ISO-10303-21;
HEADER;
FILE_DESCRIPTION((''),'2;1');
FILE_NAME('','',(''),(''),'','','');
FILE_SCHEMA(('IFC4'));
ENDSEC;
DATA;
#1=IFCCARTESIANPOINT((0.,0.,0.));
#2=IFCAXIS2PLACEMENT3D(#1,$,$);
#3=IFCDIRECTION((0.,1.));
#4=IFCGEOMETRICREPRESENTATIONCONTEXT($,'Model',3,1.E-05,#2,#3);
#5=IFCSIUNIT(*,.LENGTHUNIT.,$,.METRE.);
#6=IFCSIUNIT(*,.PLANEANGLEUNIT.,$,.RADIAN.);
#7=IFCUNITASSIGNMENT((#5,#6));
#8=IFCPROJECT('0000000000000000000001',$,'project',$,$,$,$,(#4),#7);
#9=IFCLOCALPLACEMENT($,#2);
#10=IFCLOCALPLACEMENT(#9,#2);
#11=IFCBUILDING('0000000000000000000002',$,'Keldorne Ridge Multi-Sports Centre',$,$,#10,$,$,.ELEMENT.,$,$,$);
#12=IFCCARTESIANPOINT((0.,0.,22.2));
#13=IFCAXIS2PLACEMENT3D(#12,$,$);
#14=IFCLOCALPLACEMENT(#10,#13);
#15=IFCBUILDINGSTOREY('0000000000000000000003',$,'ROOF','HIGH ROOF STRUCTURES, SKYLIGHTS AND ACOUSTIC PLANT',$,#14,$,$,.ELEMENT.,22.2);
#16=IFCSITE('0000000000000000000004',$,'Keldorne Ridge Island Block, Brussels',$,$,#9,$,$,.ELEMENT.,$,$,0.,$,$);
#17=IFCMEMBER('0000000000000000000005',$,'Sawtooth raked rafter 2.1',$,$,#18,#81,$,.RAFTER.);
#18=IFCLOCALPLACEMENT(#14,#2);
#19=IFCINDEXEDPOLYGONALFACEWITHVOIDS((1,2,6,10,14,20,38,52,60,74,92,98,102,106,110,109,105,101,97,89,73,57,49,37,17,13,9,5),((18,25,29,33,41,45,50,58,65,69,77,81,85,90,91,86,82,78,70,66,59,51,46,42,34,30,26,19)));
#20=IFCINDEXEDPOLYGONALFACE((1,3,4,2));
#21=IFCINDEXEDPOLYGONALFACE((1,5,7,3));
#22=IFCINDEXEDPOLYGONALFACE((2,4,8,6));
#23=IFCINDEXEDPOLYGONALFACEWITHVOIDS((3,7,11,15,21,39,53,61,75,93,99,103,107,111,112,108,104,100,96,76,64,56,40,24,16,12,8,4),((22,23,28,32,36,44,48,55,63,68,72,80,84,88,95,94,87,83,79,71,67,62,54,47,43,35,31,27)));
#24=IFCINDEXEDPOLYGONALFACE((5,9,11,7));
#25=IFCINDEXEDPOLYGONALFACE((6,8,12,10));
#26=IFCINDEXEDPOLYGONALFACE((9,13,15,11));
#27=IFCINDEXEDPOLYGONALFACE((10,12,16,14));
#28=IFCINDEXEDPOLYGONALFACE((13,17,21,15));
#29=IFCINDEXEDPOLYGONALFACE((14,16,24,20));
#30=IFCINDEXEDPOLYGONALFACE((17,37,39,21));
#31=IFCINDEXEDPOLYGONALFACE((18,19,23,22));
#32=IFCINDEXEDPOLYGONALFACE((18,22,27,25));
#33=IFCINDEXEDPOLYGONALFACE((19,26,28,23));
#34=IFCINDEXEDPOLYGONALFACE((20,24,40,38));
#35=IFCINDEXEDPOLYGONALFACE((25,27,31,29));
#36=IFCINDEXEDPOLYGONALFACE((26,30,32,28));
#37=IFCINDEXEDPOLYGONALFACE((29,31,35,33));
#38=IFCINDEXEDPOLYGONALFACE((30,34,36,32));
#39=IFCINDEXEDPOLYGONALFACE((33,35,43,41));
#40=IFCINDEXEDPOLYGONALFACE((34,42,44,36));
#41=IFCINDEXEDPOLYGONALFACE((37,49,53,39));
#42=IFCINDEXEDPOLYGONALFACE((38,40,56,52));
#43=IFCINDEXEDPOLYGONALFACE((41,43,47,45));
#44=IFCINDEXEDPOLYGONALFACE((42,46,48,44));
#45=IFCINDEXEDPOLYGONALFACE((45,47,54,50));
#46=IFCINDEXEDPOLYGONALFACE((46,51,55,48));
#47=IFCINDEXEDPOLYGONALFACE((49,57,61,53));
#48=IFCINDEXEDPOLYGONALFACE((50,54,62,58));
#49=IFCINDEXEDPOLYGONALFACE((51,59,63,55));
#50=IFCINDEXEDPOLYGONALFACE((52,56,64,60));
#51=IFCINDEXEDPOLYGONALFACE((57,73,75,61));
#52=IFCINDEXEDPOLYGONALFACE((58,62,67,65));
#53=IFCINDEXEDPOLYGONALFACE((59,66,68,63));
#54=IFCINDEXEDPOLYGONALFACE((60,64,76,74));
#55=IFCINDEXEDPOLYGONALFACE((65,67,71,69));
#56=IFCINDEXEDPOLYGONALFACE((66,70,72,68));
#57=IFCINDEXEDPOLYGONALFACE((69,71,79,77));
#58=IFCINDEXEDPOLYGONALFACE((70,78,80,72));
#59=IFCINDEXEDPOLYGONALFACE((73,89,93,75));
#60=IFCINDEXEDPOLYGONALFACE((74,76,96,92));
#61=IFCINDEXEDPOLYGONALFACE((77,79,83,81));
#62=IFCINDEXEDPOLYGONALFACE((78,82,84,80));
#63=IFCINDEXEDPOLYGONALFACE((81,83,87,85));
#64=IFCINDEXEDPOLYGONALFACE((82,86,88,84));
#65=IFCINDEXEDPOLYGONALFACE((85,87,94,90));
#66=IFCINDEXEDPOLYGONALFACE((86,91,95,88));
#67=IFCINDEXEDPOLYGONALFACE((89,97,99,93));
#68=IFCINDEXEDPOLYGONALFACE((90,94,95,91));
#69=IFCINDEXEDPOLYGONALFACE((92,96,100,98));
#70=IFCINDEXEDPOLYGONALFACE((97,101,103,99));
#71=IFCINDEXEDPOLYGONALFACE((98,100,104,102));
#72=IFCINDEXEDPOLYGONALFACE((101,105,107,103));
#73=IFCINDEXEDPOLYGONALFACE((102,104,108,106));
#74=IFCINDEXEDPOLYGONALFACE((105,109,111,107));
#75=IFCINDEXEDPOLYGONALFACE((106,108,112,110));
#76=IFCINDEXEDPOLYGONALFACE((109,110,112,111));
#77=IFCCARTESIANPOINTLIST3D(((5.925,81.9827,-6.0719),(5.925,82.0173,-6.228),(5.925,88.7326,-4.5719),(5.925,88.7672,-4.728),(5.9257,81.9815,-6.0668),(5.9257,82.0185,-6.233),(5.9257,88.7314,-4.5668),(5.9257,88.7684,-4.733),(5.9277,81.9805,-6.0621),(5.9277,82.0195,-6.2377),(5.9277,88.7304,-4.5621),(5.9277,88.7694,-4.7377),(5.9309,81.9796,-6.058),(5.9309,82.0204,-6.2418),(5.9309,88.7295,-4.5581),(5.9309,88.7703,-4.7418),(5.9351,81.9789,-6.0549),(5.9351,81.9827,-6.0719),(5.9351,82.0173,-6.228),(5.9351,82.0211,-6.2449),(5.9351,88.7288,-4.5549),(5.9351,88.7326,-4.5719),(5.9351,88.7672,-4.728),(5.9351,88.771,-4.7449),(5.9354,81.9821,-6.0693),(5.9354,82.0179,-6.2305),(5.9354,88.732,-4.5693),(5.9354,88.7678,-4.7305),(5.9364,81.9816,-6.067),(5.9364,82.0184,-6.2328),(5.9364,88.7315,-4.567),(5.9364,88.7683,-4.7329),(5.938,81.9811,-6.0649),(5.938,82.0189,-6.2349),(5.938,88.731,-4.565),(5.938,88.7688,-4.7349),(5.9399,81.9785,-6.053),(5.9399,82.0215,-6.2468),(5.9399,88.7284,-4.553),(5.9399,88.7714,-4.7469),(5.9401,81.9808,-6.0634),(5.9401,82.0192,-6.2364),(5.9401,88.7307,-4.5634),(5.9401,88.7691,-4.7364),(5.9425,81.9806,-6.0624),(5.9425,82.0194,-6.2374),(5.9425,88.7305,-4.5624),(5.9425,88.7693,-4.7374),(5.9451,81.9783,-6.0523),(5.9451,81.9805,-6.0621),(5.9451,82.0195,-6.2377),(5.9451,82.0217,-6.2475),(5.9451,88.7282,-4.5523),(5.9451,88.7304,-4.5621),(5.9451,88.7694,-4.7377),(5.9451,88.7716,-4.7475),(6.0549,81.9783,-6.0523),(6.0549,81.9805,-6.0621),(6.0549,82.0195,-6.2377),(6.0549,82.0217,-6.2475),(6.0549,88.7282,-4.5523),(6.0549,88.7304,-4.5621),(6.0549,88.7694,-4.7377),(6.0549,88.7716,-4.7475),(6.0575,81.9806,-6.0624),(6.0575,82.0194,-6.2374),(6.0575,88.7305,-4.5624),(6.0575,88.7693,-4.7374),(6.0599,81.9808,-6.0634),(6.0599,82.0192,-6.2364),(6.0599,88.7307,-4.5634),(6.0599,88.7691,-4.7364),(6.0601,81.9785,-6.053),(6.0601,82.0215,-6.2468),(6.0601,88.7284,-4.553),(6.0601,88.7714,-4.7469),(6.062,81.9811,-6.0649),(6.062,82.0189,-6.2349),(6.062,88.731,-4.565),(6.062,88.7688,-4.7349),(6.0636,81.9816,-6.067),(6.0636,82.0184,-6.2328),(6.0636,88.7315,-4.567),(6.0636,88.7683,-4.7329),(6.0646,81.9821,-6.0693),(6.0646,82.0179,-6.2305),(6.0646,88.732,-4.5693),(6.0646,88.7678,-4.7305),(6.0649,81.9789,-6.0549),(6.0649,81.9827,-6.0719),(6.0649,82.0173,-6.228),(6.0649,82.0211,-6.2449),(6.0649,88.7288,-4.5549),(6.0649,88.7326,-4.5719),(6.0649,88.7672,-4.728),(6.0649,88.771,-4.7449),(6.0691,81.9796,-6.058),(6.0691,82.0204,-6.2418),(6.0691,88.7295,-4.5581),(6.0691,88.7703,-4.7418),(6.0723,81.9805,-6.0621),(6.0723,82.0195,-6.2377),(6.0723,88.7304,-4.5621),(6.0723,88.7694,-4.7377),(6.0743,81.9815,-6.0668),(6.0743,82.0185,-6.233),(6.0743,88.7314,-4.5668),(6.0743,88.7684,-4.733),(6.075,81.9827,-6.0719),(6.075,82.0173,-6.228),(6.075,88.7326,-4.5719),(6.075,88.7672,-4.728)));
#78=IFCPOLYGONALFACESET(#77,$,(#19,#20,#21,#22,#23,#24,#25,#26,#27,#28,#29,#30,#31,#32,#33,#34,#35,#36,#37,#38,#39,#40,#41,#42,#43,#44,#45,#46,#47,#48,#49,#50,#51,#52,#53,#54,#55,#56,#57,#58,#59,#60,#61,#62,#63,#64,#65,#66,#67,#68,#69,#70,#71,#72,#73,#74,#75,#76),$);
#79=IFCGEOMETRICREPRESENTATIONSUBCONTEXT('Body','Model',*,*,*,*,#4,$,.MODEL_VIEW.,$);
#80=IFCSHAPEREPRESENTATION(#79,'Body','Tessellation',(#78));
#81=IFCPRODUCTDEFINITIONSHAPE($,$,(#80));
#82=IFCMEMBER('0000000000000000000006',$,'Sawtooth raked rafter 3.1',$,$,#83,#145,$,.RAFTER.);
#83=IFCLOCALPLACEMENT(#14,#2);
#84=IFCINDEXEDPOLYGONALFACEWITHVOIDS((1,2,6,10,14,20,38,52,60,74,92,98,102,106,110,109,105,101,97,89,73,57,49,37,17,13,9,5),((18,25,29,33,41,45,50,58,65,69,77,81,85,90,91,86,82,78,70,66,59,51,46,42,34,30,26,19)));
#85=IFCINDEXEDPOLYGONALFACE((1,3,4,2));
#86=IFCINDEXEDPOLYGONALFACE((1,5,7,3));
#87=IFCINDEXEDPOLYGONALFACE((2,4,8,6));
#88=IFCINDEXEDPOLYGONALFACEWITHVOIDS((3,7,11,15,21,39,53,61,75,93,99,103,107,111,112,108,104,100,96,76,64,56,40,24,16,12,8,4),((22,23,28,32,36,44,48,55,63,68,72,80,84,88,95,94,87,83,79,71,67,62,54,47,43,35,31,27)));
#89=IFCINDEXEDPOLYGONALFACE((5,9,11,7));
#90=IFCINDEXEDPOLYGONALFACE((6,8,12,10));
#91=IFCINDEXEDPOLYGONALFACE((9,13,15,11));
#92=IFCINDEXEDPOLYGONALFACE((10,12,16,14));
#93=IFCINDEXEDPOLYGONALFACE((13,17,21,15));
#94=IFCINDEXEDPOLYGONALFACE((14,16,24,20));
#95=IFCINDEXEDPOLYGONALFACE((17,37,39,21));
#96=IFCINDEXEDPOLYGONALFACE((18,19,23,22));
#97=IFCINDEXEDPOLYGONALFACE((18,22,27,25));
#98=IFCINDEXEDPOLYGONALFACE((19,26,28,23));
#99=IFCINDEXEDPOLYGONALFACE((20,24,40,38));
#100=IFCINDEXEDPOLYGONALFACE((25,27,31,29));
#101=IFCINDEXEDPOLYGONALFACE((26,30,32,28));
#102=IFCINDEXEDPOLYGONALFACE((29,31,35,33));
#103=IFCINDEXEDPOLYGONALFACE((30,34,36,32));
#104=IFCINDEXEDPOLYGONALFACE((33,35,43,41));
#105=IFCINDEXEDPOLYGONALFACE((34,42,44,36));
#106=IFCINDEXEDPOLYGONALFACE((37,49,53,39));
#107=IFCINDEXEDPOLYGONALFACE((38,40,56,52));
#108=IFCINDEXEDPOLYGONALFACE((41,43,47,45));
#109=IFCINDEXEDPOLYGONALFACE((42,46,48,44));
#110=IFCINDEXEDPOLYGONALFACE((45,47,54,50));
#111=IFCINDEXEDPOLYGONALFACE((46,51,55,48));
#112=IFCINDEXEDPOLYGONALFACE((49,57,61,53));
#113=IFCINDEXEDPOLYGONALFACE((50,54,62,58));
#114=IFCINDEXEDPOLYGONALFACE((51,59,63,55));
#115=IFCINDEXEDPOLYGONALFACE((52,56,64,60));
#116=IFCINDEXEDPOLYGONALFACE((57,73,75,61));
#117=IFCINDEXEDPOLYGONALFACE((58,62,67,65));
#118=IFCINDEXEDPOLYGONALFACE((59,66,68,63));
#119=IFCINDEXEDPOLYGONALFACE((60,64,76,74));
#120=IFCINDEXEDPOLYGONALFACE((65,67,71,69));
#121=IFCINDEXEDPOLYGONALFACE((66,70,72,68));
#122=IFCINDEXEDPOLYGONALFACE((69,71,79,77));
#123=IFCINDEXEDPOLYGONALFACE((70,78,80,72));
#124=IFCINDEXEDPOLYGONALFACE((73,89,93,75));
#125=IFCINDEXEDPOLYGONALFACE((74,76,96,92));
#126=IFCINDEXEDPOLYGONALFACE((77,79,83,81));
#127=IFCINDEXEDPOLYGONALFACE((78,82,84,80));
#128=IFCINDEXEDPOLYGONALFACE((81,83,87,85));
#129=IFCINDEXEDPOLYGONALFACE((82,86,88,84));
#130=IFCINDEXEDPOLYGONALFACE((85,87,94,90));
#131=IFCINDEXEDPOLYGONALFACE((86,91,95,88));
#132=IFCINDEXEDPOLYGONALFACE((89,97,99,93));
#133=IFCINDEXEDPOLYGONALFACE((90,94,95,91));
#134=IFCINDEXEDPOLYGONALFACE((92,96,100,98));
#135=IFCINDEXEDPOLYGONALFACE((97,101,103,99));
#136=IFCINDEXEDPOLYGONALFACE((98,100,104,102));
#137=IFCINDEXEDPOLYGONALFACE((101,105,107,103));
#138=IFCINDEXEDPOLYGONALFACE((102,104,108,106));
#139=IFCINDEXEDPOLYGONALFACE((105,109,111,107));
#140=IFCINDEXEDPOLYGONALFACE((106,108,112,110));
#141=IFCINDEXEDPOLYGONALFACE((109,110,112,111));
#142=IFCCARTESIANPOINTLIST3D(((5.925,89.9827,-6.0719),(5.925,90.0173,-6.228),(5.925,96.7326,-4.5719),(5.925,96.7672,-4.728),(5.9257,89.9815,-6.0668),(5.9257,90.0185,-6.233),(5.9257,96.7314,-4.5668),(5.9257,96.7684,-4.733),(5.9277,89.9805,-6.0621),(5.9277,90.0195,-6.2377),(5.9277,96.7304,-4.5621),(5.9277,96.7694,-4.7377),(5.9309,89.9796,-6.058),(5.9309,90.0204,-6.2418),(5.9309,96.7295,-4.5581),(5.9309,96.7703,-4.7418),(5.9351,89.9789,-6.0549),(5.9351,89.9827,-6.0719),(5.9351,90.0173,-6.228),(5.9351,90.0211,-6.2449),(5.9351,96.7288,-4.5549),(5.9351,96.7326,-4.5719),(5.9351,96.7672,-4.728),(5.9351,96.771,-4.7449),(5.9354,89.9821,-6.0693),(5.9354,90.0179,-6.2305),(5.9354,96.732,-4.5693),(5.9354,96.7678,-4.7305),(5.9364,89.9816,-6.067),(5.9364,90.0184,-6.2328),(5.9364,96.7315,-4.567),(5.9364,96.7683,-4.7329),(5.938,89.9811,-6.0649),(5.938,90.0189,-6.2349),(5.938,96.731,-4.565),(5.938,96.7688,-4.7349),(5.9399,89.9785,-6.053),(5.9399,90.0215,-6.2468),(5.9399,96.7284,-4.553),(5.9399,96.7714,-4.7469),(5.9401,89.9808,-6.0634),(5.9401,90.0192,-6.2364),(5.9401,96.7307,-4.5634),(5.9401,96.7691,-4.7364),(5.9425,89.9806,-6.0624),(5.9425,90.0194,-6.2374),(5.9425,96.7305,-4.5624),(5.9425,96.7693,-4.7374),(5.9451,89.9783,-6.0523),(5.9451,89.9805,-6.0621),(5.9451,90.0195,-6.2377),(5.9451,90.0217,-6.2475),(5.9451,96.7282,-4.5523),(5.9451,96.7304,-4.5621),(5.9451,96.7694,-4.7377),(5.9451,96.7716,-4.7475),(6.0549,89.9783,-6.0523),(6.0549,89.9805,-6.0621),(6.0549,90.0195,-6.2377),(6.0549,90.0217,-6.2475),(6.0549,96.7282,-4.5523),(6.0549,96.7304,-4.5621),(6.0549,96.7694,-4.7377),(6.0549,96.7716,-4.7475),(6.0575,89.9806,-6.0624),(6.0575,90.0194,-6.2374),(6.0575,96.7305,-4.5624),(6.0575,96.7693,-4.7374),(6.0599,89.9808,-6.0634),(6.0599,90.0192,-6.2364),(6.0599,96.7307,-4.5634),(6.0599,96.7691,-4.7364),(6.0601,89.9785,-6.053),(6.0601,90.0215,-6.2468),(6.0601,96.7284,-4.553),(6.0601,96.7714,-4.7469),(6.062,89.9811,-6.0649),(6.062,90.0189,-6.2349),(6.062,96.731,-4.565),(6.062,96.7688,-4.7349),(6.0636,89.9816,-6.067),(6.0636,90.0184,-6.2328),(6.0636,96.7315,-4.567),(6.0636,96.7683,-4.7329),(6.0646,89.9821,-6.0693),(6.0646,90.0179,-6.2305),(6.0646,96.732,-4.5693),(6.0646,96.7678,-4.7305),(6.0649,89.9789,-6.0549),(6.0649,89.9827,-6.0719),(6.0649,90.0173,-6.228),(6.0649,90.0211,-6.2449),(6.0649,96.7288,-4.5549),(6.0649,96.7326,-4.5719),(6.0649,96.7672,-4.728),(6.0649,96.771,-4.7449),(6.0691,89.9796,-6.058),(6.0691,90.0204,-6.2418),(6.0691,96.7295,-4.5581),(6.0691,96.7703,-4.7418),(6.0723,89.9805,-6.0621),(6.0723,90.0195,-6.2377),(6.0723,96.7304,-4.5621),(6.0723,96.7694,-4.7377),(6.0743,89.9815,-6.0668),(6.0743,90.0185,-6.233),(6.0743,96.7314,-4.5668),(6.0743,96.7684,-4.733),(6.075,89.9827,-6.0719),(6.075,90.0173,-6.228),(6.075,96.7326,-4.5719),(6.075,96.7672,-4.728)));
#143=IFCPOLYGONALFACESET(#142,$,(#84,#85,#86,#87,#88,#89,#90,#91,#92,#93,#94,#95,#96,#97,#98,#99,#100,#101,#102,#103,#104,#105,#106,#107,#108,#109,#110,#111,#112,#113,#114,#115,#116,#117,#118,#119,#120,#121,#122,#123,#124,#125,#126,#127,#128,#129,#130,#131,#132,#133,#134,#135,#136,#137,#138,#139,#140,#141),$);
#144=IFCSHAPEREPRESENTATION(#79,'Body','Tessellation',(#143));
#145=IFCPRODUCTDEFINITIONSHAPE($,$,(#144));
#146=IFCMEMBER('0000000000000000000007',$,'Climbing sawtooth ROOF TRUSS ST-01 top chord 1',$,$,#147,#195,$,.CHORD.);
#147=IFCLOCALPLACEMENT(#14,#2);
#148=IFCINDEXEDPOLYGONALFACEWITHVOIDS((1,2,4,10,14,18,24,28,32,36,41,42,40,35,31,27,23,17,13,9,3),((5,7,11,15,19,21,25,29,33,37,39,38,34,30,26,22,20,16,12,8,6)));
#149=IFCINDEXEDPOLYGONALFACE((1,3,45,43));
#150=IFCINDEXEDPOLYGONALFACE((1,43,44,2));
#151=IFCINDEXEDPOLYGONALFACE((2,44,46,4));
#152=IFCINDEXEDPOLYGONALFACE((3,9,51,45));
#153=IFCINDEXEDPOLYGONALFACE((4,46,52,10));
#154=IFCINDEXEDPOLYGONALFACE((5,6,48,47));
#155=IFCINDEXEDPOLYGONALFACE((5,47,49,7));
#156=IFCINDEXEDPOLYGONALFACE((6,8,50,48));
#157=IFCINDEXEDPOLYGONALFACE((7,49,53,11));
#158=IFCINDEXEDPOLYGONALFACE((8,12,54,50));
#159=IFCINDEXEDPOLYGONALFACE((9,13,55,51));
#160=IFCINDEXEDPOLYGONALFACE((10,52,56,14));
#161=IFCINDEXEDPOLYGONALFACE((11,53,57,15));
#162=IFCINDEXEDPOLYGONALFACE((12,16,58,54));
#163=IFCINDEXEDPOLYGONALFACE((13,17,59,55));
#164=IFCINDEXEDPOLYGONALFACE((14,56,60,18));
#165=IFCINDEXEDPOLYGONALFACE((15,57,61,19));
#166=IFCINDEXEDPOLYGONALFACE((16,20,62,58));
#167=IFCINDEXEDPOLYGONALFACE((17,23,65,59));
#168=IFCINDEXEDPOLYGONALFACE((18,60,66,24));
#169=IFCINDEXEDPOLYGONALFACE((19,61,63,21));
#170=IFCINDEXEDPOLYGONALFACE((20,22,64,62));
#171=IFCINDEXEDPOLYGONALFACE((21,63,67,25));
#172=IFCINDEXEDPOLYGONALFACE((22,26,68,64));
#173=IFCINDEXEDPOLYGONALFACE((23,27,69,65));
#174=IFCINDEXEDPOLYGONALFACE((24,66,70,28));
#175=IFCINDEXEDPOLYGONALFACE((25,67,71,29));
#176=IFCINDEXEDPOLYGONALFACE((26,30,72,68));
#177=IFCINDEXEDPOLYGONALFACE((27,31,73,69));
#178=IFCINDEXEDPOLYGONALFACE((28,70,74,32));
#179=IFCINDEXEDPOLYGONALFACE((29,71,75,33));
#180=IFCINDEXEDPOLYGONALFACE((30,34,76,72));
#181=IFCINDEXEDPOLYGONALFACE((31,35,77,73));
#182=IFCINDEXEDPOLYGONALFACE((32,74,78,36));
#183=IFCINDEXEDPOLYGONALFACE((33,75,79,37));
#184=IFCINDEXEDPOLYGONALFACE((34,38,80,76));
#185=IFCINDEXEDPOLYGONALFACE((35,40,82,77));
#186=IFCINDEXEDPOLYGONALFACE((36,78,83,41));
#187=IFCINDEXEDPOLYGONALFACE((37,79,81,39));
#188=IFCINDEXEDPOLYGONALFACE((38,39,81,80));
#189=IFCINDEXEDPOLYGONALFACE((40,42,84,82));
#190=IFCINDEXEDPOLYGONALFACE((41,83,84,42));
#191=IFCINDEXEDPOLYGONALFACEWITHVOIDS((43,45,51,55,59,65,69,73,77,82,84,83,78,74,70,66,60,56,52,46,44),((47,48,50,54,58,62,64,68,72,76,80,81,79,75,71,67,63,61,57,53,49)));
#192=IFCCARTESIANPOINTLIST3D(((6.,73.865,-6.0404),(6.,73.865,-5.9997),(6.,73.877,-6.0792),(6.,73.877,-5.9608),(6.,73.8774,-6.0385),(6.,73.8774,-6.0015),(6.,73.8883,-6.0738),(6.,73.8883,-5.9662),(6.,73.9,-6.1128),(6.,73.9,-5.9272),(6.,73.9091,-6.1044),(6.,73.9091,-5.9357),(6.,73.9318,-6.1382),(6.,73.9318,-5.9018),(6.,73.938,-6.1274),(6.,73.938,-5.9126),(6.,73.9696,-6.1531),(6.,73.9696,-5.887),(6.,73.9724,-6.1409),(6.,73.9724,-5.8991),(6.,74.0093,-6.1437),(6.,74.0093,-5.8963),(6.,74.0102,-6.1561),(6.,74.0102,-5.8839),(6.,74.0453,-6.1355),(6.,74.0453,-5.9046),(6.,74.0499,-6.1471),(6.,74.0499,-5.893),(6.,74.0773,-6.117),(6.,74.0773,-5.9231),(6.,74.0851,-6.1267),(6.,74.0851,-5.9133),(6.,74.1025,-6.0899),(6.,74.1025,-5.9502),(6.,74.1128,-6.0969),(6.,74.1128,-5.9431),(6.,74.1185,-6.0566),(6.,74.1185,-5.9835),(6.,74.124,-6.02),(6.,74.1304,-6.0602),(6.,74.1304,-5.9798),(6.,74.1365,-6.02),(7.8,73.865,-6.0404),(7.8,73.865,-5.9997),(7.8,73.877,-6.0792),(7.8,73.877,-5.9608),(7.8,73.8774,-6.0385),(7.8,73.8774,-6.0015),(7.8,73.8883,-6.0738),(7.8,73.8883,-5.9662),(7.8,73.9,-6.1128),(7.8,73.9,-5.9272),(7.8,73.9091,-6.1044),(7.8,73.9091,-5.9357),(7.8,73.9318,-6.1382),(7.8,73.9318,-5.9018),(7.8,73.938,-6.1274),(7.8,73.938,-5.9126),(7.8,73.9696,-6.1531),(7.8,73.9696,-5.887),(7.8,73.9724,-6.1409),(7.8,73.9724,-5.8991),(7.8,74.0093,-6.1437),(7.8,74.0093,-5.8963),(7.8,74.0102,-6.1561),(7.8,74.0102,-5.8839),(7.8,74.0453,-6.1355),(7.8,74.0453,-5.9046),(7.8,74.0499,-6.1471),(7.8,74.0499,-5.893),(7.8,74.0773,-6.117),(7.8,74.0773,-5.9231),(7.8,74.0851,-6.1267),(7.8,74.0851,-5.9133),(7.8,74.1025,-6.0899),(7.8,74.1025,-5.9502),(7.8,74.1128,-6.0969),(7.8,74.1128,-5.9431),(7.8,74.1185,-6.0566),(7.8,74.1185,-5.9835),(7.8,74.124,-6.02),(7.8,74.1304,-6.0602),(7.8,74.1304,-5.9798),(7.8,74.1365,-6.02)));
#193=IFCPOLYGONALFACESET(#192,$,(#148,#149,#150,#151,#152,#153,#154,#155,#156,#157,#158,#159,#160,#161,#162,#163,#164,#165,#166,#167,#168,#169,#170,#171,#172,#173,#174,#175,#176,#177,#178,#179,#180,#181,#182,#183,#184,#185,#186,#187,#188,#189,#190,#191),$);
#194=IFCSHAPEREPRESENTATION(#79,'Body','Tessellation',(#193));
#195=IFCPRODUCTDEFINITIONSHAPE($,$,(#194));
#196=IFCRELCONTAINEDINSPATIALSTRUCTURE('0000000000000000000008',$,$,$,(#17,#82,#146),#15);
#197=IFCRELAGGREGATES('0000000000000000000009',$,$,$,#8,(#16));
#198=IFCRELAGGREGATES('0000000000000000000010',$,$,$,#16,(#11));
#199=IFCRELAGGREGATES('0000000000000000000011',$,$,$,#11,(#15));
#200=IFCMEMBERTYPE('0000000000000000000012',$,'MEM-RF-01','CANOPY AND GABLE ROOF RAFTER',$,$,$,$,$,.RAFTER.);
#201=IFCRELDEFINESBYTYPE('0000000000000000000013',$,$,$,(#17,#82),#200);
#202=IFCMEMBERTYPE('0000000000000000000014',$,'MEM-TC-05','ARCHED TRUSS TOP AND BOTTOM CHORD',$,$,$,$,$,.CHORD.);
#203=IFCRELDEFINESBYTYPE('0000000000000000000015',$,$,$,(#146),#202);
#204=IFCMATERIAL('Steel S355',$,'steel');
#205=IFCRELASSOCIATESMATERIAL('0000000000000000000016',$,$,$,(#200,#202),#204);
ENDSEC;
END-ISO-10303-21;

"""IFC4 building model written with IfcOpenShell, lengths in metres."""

from ifc_helpers import new_model, si_unit, direction, frame, origin, origin_2d, place, context, subcontext, project, spatial, hollow_rectangle, hollow_circle, extrude, material, material_profile, profile_set, type_object, element, save


model = new_model("IFC4")

# Units and contexts
model_context = context("Model", 3, precision=1e-05, world=origin(), true_north=direction((0.0, 1.0)))
body_context = subcontext(model_context, "Body", "Model", "MODEL_VIEW")
ifc_project = project(units=[si_unit("LENGTHUNIT", "METRE"), si_unit("PLANEANGLEUNIT", "RADIAN")], contexts=[model_context])

# Site, building, storey
site_placement = place(None, origin())
site = spatial("IfcSite", under=ifc_project, at=site_placement, Name="Keldorne Ridge Island Block, Brussels", CompositionType="ELEMENT", RefElevation=0.0)
building_placement = place(site_placement, origin())
building = spatial("IfcBuilding", under=site, at=building_placement, Name="Keldorne Ridge Multi-Sports Centre", CompositionType="ELEMENT")
storey_placement = place(building_placement, frame((0.0, 0.0, 22.2)))
storey = spatial("IfcBuildingStorey", under=building, at=storey_placement, Name="ROOF", Description="HIGH ROOF STRUCTURES, SKYLIGHTS AND ACOUSTIC PLANT", CompositionType="ELEMENT", Elevation=22.2)

# Shared definitions
ifc_material_1 = material(Name="Steel S355", Category="steel")

# Members
ifc_material_profile_1 = material_profile(ifc_material_1, hollow_rectangle(XDim=0.1499, YDim=0.2, WallThickness=0.01, InnerFilletRadius=0.01, OuterFilletRadius=0.02, at=origin_2d()), Name="RHS 200x150x10")
ifc_profile_set_1 = profile_set([ifc_material_profile_1], Name="Steel S355")
member_type_1 = type_object("IfcMemberType", Name="MEM-RF-01", Description="CANOPY AND GABLE ROOF RAFTER", PredefinedType="RAFTER", material=ifc_profile_set_1)
for number, where, z_axis, x_axis, name in (
    (1, (6.0, 82.0, -6.1499), (0.0, 0.976187, 0.21693), (-1.0, 0.0, 0.0), "Sawtooth raked rafter 2.1"),
    (2, (6.0, 90.0, -6.1499), (0.0, 0.976187, 0.21693), (-1.0, 0.0, 0.0), "Sawtooth raked rafter 3.1"),
):
    element("IfcMember", number, at=place(storey_placement, frame(where, z_axis=z_axis, x_axis=x_axis)), inside=storey, type_object=member_type_1, Name=name, PredefinedType="RAFTER", context=body_context, shape_type="SweptSolid", body=[
        extrude(hollow_rectangle(XDim=0.1499, YDim=0.2, WallThickness=0.01, InnerFilletRadius=0.01, OuterFilletRadius=0.02, at=origin_2d()), origin(), (0.0, 0.0, 1.0), 6.9146),
    ])
ifc_material_profile_2 = material_profile(ifc_material_1, hollow_circle(Radius=0.1365, WallThickness=0.0125, at=origin_2d()), Name="CHS 273x12.5")
ifc_profile_set_2 = profile_set([ifc_material_profile_2], Name="Steel S355")
member_type_2 = type_object("IfcMemberType", Name="MEM-TC-05", Description="ARCHED TRUSS TOP AND BOTTOM CHORD", PredefinedType="CHORD", material=ifc_profile_set_2)
for number, where, z_axis, x_axis, name in (
    (3, (6.0, 74.0, -6.02), (1.0, 0.0, 0.0), (0.0, 1.0, 0.0), "Climbing sawtooth ROOF TRUSS ST-01 top chord 1"),
):
    element("IfcMember", number, at=place(storey_placement, frame(where, z_axis=z_axis, x_axis=x_axis)), inside=storey, type_object=member_type_2, Name=name, PredefinedType="CHORD", context=body_context, shape_type="SweptSolid", body=[
        extrude(hollow_circle(Radius=0.1365, WallThickness=0.0125, at=origin_2d()), origin(), (0.0, 0.0, 1.0), 1.8),
    ])

save(model, "model.ifc")
